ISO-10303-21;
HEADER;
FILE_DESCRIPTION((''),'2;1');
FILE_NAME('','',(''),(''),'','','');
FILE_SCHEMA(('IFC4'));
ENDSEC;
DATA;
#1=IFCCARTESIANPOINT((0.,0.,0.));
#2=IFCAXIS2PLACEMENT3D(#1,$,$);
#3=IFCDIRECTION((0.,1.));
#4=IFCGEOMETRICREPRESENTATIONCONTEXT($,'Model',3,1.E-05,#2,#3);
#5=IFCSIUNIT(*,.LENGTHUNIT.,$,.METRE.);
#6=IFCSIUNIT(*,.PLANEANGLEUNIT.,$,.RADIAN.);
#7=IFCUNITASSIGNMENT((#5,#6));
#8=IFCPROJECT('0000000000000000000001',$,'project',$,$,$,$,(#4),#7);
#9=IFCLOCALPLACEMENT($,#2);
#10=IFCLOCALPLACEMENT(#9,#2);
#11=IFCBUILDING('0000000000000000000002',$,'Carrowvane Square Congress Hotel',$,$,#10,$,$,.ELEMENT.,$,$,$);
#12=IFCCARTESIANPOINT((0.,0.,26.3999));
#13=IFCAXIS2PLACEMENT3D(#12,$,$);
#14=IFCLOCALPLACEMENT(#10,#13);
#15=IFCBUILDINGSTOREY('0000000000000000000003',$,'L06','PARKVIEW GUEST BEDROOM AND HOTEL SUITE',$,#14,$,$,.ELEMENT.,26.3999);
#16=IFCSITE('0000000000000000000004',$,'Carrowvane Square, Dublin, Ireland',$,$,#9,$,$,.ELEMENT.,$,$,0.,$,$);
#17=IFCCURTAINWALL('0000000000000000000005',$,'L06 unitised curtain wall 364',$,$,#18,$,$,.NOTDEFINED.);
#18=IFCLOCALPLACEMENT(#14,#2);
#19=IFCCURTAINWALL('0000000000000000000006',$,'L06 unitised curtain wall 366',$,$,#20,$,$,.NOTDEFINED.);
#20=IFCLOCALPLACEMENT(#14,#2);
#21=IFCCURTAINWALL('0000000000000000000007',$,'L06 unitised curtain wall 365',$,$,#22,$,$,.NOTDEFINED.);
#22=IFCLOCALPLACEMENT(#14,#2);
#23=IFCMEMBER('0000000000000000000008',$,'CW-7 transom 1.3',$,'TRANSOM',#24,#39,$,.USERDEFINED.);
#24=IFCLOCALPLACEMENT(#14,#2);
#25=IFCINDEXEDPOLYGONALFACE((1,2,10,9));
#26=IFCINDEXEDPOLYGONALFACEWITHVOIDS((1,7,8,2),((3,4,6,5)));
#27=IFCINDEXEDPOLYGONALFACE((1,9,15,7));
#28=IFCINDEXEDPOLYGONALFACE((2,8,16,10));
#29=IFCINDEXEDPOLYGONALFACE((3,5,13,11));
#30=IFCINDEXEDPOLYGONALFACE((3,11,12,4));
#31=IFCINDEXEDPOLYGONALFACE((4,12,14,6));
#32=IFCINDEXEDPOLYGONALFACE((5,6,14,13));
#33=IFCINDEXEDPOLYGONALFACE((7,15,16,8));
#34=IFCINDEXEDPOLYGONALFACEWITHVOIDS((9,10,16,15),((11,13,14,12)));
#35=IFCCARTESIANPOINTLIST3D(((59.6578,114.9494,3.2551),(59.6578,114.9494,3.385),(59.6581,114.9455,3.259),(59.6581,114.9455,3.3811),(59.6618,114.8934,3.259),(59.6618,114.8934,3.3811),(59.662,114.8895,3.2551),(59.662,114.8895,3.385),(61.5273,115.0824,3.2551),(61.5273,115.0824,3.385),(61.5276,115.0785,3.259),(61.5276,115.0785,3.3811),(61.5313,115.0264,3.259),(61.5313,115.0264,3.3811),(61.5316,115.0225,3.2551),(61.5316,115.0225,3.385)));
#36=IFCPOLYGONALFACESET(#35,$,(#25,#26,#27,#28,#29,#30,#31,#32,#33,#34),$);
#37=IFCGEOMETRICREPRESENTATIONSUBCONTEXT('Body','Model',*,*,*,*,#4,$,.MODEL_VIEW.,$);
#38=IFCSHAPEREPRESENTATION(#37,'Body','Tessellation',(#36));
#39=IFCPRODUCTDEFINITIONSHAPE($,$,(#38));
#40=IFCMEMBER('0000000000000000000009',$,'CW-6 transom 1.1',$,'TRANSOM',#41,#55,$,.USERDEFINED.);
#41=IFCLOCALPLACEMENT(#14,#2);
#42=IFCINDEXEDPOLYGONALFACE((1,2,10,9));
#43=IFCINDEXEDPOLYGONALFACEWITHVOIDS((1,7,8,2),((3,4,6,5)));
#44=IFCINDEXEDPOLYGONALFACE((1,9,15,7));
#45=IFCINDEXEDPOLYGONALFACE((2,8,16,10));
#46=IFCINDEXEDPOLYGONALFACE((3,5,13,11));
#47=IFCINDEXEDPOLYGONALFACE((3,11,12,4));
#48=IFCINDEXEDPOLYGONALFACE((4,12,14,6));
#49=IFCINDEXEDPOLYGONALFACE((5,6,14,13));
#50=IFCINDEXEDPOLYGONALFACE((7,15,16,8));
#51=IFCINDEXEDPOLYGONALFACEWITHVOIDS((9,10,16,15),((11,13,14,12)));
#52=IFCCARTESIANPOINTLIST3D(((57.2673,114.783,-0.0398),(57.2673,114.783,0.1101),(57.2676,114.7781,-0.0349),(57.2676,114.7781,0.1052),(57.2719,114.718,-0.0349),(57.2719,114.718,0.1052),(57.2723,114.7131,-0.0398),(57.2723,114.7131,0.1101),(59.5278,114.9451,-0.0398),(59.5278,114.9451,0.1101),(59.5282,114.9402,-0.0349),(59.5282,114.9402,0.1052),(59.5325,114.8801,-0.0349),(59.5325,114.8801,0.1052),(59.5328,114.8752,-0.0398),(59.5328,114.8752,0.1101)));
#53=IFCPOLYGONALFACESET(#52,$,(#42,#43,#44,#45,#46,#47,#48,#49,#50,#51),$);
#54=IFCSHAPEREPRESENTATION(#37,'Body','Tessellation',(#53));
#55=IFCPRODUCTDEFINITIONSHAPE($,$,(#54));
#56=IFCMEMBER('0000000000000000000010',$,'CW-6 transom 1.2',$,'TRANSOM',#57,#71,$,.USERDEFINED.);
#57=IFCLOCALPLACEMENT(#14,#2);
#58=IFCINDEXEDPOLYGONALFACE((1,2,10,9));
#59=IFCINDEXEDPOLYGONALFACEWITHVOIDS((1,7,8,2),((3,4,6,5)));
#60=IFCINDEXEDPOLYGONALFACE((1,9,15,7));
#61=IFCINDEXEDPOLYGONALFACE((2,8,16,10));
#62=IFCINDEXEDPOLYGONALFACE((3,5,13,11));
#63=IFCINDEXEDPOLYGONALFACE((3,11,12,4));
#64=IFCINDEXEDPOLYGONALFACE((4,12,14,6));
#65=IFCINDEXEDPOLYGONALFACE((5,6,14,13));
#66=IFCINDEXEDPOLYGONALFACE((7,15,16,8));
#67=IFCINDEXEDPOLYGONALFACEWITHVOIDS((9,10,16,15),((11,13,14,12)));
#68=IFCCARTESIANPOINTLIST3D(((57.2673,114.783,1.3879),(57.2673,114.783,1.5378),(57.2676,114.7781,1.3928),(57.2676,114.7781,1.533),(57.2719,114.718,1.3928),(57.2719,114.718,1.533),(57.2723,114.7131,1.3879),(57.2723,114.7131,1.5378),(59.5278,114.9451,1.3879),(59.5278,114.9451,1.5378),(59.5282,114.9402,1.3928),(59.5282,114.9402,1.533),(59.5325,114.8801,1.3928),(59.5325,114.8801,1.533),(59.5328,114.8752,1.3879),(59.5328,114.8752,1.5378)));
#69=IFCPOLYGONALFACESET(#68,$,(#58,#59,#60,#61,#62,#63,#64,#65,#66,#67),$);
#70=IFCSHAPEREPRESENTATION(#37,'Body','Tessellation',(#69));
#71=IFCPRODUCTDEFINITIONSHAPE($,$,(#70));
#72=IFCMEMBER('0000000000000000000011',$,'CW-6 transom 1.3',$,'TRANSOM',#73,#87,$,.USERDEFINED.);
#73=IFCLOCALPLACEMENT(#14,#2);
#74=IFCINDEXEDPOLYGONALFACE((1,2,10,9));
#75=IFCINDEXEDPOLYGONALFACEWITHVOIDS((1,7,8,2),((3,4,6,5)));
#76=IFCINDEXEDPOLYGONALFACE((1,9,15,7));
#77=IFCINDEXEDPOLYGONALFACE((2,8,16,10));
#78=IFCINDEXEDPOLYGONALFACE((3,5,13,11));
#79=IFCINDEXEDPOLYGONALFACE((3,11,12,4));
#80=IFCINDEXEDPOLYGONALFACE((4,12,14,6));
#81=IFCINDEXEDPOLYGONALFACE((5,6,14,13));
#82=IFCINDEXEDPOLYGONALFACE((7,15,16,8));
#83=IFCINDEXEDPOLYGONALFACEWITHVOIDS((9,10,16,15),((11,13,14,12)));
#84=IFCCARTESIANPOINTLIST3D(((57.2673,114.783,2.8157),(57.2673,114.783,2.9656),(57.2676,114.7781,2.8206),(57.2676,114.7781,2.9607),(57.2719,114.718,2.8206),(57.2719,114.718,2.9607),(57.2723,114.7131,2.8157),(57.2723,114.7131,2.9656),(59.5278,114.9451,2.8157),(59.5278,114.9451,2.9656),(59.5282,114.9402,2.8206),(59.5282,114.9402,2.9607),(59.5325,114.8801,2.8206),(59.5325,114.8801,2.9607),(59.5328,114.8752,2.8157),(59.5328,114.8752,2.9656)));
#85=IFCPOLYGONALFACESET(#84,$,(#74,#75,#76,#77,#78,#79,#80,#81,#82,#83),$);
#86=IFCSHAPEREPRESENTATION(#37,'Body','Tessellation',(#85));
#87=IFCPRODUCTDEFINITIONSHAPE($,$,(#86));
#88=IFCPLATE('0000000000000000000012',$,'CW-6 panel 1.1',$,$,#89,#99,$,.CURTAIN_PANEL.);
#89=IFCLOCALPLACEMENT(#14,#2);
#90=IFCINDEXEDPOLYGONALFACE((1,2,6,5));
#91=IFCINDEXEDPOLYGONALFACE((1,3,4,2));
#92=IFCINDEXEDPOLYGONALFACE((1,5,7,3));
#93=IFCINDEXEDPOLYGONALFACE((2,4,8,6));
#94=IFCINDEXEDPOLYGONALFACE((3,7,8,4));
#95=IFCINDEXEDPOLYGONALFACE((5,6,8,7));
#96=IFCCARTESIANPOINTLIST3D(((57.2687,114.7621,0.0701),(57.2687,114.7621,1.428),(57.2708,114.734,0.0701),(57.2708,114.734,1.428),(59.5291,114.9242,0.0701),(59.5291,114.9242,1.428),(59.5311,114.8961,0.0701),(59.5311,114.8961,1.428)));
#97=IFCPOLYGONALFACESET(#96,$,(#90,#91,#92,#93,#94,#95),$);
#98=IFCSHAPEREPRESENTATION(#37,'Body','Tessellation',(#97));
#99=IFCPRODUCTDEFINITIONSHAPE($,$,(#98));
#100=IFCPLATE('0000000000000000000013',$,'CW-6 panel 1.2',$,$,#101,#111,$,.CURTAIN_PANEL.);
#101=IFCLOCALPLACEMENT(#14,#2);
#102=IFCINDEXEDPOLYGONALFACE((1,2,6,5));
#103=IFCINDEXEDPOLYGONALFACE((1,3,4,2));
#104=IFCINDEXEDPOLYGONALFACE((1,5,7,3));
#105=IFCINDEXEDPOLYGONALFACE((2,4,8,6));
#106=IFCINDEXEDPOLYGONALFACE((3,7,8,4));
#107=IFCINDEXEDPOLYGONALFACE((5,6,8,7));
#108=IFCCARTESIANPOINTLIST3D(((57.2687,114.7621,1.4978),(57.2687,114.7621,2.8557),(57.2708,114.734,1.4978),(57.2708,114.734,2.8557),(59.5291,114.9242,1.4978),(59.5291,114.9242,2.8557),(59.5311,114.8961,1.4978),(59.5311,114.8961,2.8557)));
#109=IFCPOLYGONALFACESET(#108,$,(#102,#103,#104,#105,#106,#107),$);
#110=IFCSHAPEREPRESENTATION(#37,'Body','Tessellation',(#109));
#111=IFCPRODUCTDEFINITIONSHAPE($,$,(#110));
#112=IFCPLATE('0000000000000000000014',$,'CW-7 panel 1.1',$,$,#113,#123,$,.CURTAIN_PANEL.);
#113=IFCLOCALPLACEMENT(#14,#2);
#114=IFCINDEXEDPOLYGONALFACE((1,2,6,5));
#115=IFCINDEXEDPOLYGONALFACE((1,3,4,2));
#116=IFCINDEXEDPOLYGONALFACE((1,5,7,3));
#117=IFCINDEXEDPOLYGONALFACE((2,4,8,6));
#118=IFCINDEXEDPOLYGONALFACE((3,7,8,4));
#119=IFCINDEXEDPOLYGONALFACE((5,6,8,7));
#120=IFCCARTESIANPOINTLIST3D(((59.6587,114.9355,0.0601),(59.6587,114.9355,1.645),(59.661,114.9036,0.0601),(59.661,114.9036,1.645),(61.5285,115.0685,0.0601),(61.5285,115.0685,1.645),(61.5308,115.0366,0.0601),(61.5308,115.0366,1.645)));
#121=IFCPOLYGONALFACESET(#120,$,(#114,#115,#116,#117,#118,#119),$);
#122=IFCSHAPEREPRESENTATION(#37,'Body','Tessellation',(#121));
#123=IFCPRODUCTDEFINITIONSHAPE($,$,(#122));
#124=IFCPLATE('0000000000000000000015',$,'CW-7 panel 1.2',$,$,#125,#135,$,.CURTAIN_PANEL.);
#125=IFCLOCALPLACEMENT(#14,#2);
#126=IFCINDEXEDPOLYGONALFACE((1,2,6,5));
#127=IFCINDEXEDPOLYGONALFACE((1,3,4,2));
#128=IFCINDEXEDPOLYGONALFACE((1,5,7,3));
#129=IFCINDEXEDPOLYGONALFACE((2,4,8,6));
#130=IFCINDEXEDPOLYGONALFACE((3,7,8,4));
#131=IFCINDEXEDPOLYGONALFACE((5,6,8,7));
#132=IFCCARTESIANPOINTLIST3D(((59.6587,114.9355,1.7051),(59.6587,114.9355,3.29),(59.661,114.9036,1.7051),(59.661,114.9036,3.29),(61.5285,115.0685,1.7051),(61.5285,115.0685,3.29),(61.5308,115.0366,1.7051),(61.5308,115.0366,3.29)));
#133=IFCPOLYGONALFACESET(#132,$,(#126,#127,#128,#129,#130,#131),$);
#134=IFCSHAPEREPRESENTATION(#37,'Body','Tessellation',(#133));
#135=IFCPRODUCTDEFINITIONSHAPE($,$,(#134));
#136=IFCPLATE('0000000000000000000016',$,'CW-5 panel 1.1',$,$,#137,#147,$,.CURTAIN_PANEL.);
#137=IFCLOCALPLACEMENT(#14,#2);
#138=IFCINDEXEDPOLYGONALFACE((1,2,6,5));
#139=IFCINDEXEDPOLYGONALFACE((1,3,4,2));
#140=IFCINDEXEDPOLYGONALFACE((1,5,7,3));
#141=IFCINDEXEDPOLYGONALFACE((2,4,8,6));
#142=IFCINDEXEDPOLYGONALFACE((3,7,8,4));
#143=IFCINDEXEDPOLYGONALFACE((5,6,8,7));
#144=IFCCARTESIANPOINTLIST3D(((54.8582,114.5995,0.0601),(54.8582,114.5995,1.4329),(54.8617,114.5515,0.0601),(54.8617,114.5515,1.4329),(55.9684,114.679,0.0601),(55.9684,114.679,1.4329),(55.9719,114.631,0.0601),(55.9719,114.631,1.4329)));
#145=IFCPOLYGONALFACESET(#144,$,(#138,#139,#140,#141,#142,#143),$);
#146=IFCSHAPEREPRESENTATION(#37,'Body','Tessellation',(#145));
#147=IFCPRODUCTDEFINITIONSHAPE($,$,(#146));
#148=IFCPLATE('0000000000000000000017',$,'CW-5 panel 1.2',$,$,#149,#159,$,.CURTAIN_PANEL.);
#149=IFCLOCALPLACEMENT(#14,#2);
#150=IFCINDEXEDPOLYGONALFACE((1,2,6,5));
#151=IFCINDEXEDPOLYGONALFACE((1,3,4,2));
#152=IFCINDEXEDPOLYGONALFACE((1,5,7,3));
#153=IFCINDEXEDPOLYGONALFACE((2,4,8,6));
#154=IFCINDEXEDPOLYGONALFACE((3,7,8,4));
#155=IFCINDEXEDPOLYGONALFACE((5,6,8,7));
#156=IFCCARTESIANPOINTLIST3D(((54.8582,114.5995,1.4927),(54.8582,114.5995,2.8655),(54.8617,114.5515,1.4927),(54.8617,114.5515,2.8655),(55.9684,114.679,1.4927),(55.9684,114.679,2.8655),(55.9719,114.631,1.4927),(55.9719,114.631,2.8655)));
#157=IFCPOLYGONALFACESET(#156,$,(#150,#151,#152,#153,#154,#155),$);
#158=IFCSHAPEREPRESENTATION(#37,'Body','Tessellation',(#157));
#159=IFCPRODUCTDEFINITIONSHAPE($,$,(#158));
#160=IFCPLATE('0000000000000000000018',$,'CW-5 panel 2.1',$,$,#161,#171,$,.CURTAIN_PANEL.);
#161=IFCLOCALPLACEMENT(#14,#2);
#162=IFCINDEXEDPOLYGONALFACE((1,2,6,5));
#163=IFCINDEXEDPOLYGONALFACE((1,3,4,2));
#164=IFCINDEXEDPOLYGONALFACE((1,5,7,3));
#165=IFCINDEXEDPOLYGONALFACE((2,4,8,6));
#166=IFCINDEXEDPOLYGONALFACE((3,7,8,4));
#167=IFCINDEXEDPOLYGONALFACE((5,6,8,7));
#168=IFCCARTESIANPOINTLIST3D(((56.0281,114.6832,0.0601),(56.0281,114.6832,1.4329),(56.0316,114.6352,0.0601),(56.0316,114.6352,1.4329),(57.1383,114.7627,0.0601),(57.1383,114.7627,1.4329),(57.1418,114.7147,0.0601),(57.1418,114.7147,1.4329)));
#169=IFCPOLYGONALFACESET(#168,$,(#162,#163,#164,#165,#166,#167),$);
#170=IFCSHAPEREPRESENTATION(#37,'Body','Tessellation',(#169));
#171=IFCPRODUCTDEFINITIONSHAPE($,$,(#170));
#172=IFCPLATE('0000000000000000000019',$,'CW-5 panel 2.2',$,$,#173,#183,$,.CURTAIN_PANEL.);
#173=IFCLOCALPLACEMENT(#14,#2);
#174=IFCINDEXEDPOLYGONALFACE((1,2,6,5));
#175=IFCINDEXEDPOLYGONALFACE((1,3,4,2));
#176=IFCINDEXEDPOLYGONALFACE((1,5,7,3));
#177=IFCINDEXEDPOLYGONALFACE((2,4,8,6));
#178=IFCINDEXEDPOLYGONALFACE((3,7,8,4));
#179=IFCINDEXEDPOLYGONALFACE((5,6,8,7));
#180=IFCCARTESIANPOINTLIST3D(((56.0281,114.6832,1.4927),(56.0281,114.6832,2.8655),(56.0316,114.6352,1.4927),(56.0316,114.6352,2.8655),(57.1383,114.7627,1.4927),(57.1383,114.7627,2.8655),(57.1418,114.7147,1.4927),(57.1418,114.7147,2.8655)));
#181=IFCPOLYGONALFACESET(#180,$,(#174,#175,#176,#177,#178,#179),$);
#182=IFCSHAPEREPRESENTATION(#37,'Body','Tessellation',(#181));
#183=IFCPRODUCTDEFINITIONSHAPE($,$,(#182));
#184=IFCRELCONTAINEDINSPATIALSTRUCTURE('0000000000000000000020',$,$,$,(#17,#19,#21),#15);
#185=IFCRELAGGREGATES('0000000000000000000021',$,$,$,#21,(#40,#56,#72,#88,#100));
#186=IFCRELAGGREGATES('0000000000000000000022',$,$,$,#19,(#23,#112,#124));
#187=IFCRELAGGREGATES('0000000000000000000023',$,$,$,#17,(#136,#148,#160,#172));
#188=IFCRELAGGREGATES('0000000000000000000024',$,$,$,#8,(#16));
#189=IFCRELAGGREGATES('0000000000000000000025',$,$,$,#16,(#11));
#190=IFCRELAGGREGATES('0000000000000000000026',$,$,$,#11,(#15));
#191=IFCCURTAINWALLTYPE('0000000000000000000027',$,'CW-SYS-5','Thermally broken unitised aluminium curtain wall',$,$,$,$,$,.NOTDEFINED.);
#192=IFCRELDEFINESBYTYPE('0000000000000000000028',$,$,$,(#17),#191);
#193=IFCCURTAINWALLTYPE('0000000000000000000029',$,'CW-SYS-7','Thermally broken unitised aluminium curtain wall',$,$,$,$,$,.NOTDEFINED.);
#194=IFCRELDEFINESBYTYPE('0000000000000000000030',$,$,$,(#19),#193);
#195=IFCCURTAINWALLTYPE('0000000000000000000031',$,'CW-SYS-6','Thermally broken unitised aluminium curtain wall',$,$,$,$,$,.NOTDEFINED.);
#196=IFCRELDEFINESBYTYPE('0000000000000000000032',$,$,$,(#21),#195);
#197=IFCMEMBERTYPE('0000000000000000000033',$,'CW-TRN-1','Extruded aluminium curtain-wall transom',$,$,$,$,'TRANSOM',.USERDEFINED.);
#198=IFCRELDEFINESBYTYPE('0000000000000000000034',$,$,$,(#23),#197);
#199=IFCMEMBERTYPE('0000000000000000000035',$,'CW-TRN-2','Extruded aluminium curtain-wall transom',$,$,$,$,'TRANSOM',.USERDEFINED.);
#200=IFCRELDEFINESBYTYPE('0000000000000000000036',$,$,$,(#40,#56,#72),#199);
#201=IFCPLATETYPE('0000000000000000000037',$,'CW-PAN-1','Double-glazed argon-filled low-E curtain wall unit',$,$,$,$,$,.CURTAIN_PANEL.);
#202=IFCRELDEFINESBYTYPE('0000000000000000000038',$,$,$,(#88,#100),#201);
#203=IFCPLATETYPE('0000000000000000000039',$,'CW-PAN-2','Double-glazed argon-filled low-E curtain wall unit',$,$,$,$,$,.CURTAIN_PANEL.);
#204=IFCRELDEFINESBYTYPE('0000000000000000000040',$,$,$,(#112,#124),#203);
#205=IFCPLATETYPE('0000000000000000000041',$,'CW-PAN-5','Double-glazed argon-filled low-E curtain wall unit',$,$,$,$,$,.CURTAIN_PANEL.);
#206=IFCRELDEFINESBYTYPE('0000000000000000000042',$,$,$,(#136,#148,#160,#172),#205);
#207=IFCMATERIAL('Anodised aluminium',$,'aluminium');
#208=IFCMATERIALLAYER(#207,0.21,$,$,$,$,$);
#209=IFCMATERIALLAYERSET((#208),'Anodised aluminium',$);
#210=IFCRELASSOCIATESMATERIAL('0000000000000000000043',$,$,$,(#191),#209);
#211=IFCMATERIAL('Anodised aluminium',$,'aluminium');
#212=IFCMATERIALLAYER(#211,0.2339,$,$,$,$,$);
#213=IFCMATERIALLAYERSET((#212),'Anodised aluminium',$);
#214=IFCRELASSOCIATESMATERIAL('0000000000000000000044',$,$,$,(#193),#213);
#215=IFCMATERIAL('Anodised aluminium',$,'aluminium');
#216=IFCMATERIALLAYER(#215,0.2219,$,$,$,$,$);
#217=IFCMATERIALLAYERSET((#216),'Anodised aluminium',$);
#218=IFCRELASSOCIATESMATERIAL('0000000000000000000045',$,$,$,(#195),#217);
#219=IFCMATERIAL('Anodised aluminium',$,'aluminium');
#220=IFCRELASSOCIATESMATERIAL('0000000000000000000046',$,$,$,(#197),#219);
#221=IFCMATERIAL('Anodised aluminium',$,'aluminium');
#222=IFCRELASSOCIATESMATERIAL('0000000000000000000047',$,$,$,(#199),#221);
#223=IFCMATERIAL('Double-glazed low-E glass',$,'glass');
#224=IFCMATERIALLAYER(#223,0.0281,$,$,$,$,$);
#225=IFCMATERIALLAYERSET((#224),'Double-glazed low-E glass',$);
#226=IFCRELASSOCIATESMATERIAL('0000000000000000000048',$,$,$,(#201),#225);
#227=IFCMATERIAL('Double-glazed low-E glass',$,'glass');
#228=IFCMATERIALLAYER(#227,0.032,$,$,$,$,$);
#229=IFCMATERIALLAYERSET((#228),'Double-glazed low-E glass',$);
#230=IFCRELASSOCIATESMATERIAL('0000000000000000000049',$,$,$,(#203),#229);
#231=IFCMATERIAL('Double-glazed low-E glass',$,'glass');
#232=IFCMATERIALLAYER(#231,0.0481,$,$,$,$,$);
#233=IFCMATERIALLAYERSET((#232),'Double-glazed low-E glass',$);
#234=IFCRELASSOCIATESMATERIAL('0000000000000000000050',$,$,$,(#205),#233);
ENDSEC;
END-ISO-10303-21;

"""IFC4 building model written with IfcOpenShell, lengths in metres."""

from ifc_helpers import new_model, si_unit, direction, frame, origin, origin_2d, place, context, subcontext, project, spatial, rectangle, hollow_rectangle, extrude, material, layer, layer_set, material_profile, profile_set, type_object, element, aggregate, save


model = new_model("IFC4")

# Units and contexts
model_context = context("Model", 3, precision=1e-05, world=origin(), true_north=direction((0.0, 1.0)))
body_context = subcontext(model_context, "Body", "Model", "MODEL_VIEW")
ifc_project = project(units=[si_unit("LENGTHUNIT", "METRE"), si_unit("PLANEANGLEUNIT", "RADIAN")], contexts=[model_context])

# Site, building, storey
site_placement = place(None, origin())
site = spatial("IfcSite", under=ifc_project, at=site_placement, Name="Carrowvane Square, Dublin, Ireland", CompositionType="ELEMENT", RefElevation=0.0)
building_placement = place(site_placement, origin())
building = spatial("IfcBuilding", under=site, at=building_placement, Name="Carrowvane Square Congress Hotel", CompositionType="ELEMENT")
storey_placement = place(building_placement, frame((0.0, 0.0, 26.3999)))
storey = spatial("IfcBuildingStorey", under=building, at=storey_placement, Name="L06", Description="PARKVIEW GUEST BEDROOM AND HOTEL SUITE", CompositionType="ELEMENT", Elevation=26.3999)

# Curtain walls
ifc_material_1 = material(Name="Anodised aluminium", Category="aluminium")
ifc_layer_1 = layer(ifc_material_1, 0.21)
ifc_layer_set_1 = layer_set([ifc_layer_1], Name="Anodised aluminium")
curtain_wall_type_1 = type_object("IfcCurtainWallType", Name="CW-SYS-5", Description="Thermally broken unitised aluminium curtain wall", PredefinedType="NOTDEFINED", material=ifc_layer_set_1)
curtain_wall_1_placement = place(storey_placement, origin())
curtain_wall_1 = element("IfcCurtainWall", 1, at=curtain_wall_1_placement, inside=storey, type_object=curtain_wall_type_1, Name="L06 unitised curtain wall 364", PredefinedType="NOTDEFINED")
ifc_material_2 = material(Name="Anodised aluminium", Category="aluminium")
ifc_layer_2 = layer(ifc_material_2, 0.2339)
ifc_layer_set_2 = layer_set([ifc_layer_2], Name="Anodised aluminium")
curtain_wall_type_2 = type_object("IfcCurtainWallType", Name="CW-SYS-7", Description="Thermally broken unitised aluminium curtain wall", PredefinedType="NOTDEFINED", material=ifc_layer_set_2)
curtain_wall_2_placement = place(storey_placement, origin())
curtain_wall_2 = element("IfcCurtainWall", 2, at=curtain_wall_2_placement, inside=storey, type_object=curtain_wall_type_2, Name="L06 unitised curtain wall 366", PredefinedType="NOTDEFINED")
ifc_material_3 = material(Name="Anodised aluminium", Category="aluminium")
ifc_layer_3 = layer(ifc_material_3, 0.2219)
ifc_layer_set_3 = layer_set([ifc_layer_3], Name="Anodised aluminium")
curtain_wall_type_3 = type_object("IfcCurtainWallType", Name="CW-SYS-6", Description="Thermally broken unitised aluminium curtain wall", PredefinedType="NOTDEFINED", material=ifc_layer_set_3)
curtain_wall_3_placement = place(storey_placement, origin())
curtain_wall_3 = element("IfcCurtainWall", 3, at=curtain_wall_3_placement, inside=storey, type_object=curtain_wall_type_3, Name="L06 unitised curtain wall 365", PredefinedType="NOTDEFINED")

# Members
ifc_material_4 = material(Name="Anodised aluminium", Category="aluminium")
ifc_material_profile_1 = material_profile(ifc_material_4, hollow_rectangle(XDim=0.0601, YDim=0.1299, WallThickness=0.0039, at=origin_2d()), Name="CW-TR 60x130x4")
ifc_profile_set_1 = profile_set([ifc_material_profile_1], Name="Anodised aluminium")
member_type_1 = type_object("IfcMemberType", Name="CW-TRN-1", Description="Extruded aluminium curtain-wall transom", ElementType="TRANSOM", PredefinedType="USERDEFINED", material=ifc_profile_set_1)
member_1_placement = place(storey_placement, frame((59.6599, 114.9194, 3.3201), z_axis=(0.997477, 0.070988, 0.0), x_axis=(-0.070988, 0.997477, 0.0)))
member_1 = element("IfcMember", 4, at=member_1_placement, type_object=member_type_1, Name="CW-7 transom 1.3", ObjectType="TRANSOM", PredefinedType="USERDEFINED", context=body_context, shape_type="SweptSolid", body=[
    extrude(hollow_rectangle(XDim=0.0601, YDim=0.1299, WallThickness=0.0039, at=origin_2d()), origin(), (0.0, 0.0, 1.0), 1.8743),
])
ifc_material_5 = material(Name="Anodised aluminium", Category="aluminium")
ifc_material_profile_2 = material_profile(ifc_material_5, hollow_rectangle(XDim=0.0701, YDim=0.1499, WallThickness=0.0049, at=origin_2d()), Name="CW-TR 70x150x5")
ifc_profile_set_2 = profile_set([ifc_material_profile_2], Name="Anodised aluminium")
member_type_2 = type_object("IfcMemberType", Name="CW-TRN-2", Description="Extruded aluminium curtain-wall transom", ElementType="TRANSOM", PredefinedType="USERDEFINED", material=ifc_profile_set_2)
member_2_placement = place(storey_placement, frame((57.2698, 114.748, 0.0352), z_axis=(0.997438, 0.07153, 0.0), x_axis=(-0.07153, 0.997438, 0.0)))
member_2 = element("IfcMember", 5, at=member_2_placement, type_object=member_type_2, Name="CW-6 transom 1.1", ObjectType="TRANSOM", PredefinedType="USERDEFINED", context=body_context, shape_type="SweptSolid", body=[
    extrude(hollow_rectangle(XDim=0.0701, YDim=0.1499, WallThickness=0.0049, at=origin_2d()), origin(), (0.0, 0.0, 1.0), 2.2664),
])
member_3_placement = place(storey_placement, frame((57.2698, 114.748, 1.4629), z_axis=(0.997438, 0.07153, 0.0), x_axis=(-0.07153, 0.997438, 0.0)))
member_3 = element("IfcMember", 6, at=member_3_placement, type_object=member_type_2, Name="CW-6 transom 1.2", ObjectType="TRANSOM", PredefinedType="USERDEFINED", context=body_context, shape_type="SweptSolid", body=[
    extrude(hollow_rectangle(XDim=0.0701, YDim=0.1499, WallThickness=0.0049, at=origin_2d()), origin(), (0.0, 0.0, 1.0), 2.2664),
])
member_4_placement = place(storey_placement, frame((57.2698, 114.748, 2.8906), z_axis=(0.997438, 0.07153, 0.0), x_axis=(-0.07153, 0.997438, 0.0)))
member_4 = element("IfcMember", 7, at=member_4_placement, type_object=member_type_2, Name="CW-6 transom 1.3", ObjectType="TRANSOM", PredefinedType="USERDEFINED", context=body_context, shape_type="SweptSolid", body=[
    extrude(hollow_rectangle(XDim=0.0701, YDim=0.1499, WallThickness=0.0049, at=origin_2d()), origin(), (0.0, 0.0, 1.0), 2.2664),
])

# Plates
ifc_material_6 = material(Name="Double-glazed low-E glass", Category="glass")
ifc_layer_4 = layer(ifc_material_6, 0.0281)
ifc_layer_set_4 = layer_set([ifc_layer_4], Name="Double-glazed low-E glass")
plate_type_1 = type_object("IfcPlateType", Name="CW-PAN-1", Description="Double-glazed argon-filled low-E curtain wall unit", PredefinedType="CURTAIN_PANEL", material=ifc_layer_set_4)
plate_1_placement = place(storey_placement, frame((58.3999, 114.8291, 0.0701), z_axis=(0.0, 0.0, 1.0), x_axis=(0.997438, 0.071532, 0.0)))
plate_1 = element("IfcPlate", 8, at=plate_1_placement, type_object=plate_type_1, Name="CW-6 panel 1.1", PredefinedType="CURTAIN_PANEL", context=body_context, shape_type="SweptSolid", body=[
    extrude(rectangle(XDim=2.2661, YDim=0.0281, at=origin_2d()), origin(), (0.0, 0.0, 1.0), 1.3579),
])
plate_2_placement = place(storey_placement, frame((58.3999, 114.8291, 1.4978), z_axis=(0.0, 0.0, 1.0), x_axis=(0.997438, 0.071532, 0.0)))
plate_2 = element("IfcPlate", 9, at=plate_2_placement, type_object=plate_type_1, Name="CW-6 panel 1.2", PredefinedType="CURTAIN_PANEL", context=body_context, shape_type="SweptSolid", body=[
    extrude(rectangle(XDim=2.2661, YDim=0.0281, at=origin_2d()), origin(), (0.0, 0.0, 1.0), 1.3579),
])
aggregate(curtain_wall_3, [member_2, member_3, member_4, plate_1, plate_2])
ifc_material_7 = material(Name="Double-glazed low-E glass", Category="glass")
ifc_layer_5 = layer(ifc_material_7, 0.032)
ifc_layer_set_5 = layer_set([ifc_layer_5], Name="Double-glazed low-E glass")
plate_type_2 = type_object("IfcPlateType", Name="CW-PAN-2", Description="Double-glazed argon-filled low-E curtain wall unit", PredefinedType="CURTAIN_PANEL", material=ifc_layer_set_5)
plate_3_placement = place(storey_placement, frame((60.5947, 114.9861, 0.0601), z_axis=(0.0, 0.0, 1.0), x_axis=(0.997479, 0.07096, 0.0)))
plate_3 = element("IfcPlate", 10, at=plate_3_placement, type_object=plate_type_2, Name="CW-7 panel 1.1", PredefinedType="CURTAIN_PANEL", context=body_context, shape_type="SweptSolid", body=[
    extrude(rectangle(XDim=1.8745, YDim=0.032, at=origin_2d()), origin(), (0.0, 0.0, 1.0), 1.585),
])
plate_4_placement = place(storey_placement, frame((60.5947, 114.9861, 1.7051), z_axis=(0.0, 0.0, 1.0), x_axis=(0.997479, 0.07096, 0.0)))
plate_4 = element("IfcPlate", 11, at=plate_4_placement, type_object=plate_type_2, Name="CW-7 panel 1.2", PredefinedType="CURTAIN_PANEL", context=body_context, shape_type="SweptSolid", body=[
    extrude(rectangle(XDim=1.8745, YDim=0.032, at=origin_2d()), origin(), (0.0, 0.0, 1.0), 1.585),
])
aggregate(curtain_wall_2, [member_1, plate_3, plate_4])
ifc_material_8 = material(Name="Double-glazed low-E glass", Category="glass")
ifc_layer_6 = layer(ifc_material_8, 0.0481)
ifc_layer_set_6 = layer_set([ifc_layer_6], Name="Double-glazed low-E glass")
plate_type_3 = type_object("IfcPlateType", Name="CW-PAN-5", Description="Double-glazed argon-filled low-E curtain wall unit", PredefinedType="CURTAIN_PANEL", material=ifc_layer_set_6)
plate_5_placement = place(storey_placement, frame((55.415, 114.6152, 0.0601), z_axis=(0.0, 0.0, 1.0), x_axis=(0.997446, 0.071418, 0.0)))
plate_5 = element("IfcPlate", 12, at=plate_5_placement, type_object=plate_type_3, Name="CW-5 panel 1.1", PredefinedType="CURTAIN_PANEL", context=body_context, shape_type="SweptSolid", body=[
    extrude(rectangle(XDim=1.113, YDim=0.0481, at=origin_2d()), origin(), (0.0, 0.0, 1.0), 1.3728),
])
plate_6_placement = place(storey_placement, frame((55.415, 114.6152, 1.4927), z_axis=(0.0, 0.0, 1.0), x_axis=(0.997446, 0.071418, 0.0)))
plate_6 = element("IfcPlate", 13, at=plate_6_placement, type_object=plate_type_3, Name="CW-5 panel 1.2", PredefinedType="CURTAIN_PANEL", context=body_context, shape_type="SweptSolid", body=[
    extrude(rectangle(XDim=1.113, YDim=0.0481, at=origin_2d()), origin(), (0.0, 0.0, 1.0), 1.3728),
])
plate_7_placement = place(storey_placement, frame((56.585, 114.699, 0.0601), z_axis=(0.0, 0.0, 1.0), x_axis=(0.997446, 0.071418, 0.0)))
plate_7 = element("IfcPlate", 14, at=plate_7_placement, type_object=plate_type_3, Name="CW-5 panel 2.1", PredefinedType="CURTAIN_PANEL", context=body_context, shape_type="SweptSolid", body=[
    extrude(rectangle(XDim=1.113, YDim=0.0481, at=origin_2d()), origin(), (0.0, 0.0, 1.0), 1.3728),
])
plate_8_placement = place(storey_placement, frame((56.585, 114.699, 1.4927), z_axis=(0.0, 0.0, 1.0), x_axis=(0.997446, 0.071418, 0.0)))
plate_8 = element("IfcPlate", 15, at=plate_8_placement, type_object=plate_type_3, Name="CW-5 panel 2.2", PredefinedType="CURTAIN_PANEL", context=body_context, shape_type="SweptSolid", body=[
    extrude(rectangle(XDim=1.113, YDim=0.0481, at=origin_2d()), origin(), (0.0, 0.0, 1.0), 1.3728),
])
aggregate(curtain_wall_1, [plate_5, plate_6, plate_7, plate_8])

save(model, "model.ifc")
